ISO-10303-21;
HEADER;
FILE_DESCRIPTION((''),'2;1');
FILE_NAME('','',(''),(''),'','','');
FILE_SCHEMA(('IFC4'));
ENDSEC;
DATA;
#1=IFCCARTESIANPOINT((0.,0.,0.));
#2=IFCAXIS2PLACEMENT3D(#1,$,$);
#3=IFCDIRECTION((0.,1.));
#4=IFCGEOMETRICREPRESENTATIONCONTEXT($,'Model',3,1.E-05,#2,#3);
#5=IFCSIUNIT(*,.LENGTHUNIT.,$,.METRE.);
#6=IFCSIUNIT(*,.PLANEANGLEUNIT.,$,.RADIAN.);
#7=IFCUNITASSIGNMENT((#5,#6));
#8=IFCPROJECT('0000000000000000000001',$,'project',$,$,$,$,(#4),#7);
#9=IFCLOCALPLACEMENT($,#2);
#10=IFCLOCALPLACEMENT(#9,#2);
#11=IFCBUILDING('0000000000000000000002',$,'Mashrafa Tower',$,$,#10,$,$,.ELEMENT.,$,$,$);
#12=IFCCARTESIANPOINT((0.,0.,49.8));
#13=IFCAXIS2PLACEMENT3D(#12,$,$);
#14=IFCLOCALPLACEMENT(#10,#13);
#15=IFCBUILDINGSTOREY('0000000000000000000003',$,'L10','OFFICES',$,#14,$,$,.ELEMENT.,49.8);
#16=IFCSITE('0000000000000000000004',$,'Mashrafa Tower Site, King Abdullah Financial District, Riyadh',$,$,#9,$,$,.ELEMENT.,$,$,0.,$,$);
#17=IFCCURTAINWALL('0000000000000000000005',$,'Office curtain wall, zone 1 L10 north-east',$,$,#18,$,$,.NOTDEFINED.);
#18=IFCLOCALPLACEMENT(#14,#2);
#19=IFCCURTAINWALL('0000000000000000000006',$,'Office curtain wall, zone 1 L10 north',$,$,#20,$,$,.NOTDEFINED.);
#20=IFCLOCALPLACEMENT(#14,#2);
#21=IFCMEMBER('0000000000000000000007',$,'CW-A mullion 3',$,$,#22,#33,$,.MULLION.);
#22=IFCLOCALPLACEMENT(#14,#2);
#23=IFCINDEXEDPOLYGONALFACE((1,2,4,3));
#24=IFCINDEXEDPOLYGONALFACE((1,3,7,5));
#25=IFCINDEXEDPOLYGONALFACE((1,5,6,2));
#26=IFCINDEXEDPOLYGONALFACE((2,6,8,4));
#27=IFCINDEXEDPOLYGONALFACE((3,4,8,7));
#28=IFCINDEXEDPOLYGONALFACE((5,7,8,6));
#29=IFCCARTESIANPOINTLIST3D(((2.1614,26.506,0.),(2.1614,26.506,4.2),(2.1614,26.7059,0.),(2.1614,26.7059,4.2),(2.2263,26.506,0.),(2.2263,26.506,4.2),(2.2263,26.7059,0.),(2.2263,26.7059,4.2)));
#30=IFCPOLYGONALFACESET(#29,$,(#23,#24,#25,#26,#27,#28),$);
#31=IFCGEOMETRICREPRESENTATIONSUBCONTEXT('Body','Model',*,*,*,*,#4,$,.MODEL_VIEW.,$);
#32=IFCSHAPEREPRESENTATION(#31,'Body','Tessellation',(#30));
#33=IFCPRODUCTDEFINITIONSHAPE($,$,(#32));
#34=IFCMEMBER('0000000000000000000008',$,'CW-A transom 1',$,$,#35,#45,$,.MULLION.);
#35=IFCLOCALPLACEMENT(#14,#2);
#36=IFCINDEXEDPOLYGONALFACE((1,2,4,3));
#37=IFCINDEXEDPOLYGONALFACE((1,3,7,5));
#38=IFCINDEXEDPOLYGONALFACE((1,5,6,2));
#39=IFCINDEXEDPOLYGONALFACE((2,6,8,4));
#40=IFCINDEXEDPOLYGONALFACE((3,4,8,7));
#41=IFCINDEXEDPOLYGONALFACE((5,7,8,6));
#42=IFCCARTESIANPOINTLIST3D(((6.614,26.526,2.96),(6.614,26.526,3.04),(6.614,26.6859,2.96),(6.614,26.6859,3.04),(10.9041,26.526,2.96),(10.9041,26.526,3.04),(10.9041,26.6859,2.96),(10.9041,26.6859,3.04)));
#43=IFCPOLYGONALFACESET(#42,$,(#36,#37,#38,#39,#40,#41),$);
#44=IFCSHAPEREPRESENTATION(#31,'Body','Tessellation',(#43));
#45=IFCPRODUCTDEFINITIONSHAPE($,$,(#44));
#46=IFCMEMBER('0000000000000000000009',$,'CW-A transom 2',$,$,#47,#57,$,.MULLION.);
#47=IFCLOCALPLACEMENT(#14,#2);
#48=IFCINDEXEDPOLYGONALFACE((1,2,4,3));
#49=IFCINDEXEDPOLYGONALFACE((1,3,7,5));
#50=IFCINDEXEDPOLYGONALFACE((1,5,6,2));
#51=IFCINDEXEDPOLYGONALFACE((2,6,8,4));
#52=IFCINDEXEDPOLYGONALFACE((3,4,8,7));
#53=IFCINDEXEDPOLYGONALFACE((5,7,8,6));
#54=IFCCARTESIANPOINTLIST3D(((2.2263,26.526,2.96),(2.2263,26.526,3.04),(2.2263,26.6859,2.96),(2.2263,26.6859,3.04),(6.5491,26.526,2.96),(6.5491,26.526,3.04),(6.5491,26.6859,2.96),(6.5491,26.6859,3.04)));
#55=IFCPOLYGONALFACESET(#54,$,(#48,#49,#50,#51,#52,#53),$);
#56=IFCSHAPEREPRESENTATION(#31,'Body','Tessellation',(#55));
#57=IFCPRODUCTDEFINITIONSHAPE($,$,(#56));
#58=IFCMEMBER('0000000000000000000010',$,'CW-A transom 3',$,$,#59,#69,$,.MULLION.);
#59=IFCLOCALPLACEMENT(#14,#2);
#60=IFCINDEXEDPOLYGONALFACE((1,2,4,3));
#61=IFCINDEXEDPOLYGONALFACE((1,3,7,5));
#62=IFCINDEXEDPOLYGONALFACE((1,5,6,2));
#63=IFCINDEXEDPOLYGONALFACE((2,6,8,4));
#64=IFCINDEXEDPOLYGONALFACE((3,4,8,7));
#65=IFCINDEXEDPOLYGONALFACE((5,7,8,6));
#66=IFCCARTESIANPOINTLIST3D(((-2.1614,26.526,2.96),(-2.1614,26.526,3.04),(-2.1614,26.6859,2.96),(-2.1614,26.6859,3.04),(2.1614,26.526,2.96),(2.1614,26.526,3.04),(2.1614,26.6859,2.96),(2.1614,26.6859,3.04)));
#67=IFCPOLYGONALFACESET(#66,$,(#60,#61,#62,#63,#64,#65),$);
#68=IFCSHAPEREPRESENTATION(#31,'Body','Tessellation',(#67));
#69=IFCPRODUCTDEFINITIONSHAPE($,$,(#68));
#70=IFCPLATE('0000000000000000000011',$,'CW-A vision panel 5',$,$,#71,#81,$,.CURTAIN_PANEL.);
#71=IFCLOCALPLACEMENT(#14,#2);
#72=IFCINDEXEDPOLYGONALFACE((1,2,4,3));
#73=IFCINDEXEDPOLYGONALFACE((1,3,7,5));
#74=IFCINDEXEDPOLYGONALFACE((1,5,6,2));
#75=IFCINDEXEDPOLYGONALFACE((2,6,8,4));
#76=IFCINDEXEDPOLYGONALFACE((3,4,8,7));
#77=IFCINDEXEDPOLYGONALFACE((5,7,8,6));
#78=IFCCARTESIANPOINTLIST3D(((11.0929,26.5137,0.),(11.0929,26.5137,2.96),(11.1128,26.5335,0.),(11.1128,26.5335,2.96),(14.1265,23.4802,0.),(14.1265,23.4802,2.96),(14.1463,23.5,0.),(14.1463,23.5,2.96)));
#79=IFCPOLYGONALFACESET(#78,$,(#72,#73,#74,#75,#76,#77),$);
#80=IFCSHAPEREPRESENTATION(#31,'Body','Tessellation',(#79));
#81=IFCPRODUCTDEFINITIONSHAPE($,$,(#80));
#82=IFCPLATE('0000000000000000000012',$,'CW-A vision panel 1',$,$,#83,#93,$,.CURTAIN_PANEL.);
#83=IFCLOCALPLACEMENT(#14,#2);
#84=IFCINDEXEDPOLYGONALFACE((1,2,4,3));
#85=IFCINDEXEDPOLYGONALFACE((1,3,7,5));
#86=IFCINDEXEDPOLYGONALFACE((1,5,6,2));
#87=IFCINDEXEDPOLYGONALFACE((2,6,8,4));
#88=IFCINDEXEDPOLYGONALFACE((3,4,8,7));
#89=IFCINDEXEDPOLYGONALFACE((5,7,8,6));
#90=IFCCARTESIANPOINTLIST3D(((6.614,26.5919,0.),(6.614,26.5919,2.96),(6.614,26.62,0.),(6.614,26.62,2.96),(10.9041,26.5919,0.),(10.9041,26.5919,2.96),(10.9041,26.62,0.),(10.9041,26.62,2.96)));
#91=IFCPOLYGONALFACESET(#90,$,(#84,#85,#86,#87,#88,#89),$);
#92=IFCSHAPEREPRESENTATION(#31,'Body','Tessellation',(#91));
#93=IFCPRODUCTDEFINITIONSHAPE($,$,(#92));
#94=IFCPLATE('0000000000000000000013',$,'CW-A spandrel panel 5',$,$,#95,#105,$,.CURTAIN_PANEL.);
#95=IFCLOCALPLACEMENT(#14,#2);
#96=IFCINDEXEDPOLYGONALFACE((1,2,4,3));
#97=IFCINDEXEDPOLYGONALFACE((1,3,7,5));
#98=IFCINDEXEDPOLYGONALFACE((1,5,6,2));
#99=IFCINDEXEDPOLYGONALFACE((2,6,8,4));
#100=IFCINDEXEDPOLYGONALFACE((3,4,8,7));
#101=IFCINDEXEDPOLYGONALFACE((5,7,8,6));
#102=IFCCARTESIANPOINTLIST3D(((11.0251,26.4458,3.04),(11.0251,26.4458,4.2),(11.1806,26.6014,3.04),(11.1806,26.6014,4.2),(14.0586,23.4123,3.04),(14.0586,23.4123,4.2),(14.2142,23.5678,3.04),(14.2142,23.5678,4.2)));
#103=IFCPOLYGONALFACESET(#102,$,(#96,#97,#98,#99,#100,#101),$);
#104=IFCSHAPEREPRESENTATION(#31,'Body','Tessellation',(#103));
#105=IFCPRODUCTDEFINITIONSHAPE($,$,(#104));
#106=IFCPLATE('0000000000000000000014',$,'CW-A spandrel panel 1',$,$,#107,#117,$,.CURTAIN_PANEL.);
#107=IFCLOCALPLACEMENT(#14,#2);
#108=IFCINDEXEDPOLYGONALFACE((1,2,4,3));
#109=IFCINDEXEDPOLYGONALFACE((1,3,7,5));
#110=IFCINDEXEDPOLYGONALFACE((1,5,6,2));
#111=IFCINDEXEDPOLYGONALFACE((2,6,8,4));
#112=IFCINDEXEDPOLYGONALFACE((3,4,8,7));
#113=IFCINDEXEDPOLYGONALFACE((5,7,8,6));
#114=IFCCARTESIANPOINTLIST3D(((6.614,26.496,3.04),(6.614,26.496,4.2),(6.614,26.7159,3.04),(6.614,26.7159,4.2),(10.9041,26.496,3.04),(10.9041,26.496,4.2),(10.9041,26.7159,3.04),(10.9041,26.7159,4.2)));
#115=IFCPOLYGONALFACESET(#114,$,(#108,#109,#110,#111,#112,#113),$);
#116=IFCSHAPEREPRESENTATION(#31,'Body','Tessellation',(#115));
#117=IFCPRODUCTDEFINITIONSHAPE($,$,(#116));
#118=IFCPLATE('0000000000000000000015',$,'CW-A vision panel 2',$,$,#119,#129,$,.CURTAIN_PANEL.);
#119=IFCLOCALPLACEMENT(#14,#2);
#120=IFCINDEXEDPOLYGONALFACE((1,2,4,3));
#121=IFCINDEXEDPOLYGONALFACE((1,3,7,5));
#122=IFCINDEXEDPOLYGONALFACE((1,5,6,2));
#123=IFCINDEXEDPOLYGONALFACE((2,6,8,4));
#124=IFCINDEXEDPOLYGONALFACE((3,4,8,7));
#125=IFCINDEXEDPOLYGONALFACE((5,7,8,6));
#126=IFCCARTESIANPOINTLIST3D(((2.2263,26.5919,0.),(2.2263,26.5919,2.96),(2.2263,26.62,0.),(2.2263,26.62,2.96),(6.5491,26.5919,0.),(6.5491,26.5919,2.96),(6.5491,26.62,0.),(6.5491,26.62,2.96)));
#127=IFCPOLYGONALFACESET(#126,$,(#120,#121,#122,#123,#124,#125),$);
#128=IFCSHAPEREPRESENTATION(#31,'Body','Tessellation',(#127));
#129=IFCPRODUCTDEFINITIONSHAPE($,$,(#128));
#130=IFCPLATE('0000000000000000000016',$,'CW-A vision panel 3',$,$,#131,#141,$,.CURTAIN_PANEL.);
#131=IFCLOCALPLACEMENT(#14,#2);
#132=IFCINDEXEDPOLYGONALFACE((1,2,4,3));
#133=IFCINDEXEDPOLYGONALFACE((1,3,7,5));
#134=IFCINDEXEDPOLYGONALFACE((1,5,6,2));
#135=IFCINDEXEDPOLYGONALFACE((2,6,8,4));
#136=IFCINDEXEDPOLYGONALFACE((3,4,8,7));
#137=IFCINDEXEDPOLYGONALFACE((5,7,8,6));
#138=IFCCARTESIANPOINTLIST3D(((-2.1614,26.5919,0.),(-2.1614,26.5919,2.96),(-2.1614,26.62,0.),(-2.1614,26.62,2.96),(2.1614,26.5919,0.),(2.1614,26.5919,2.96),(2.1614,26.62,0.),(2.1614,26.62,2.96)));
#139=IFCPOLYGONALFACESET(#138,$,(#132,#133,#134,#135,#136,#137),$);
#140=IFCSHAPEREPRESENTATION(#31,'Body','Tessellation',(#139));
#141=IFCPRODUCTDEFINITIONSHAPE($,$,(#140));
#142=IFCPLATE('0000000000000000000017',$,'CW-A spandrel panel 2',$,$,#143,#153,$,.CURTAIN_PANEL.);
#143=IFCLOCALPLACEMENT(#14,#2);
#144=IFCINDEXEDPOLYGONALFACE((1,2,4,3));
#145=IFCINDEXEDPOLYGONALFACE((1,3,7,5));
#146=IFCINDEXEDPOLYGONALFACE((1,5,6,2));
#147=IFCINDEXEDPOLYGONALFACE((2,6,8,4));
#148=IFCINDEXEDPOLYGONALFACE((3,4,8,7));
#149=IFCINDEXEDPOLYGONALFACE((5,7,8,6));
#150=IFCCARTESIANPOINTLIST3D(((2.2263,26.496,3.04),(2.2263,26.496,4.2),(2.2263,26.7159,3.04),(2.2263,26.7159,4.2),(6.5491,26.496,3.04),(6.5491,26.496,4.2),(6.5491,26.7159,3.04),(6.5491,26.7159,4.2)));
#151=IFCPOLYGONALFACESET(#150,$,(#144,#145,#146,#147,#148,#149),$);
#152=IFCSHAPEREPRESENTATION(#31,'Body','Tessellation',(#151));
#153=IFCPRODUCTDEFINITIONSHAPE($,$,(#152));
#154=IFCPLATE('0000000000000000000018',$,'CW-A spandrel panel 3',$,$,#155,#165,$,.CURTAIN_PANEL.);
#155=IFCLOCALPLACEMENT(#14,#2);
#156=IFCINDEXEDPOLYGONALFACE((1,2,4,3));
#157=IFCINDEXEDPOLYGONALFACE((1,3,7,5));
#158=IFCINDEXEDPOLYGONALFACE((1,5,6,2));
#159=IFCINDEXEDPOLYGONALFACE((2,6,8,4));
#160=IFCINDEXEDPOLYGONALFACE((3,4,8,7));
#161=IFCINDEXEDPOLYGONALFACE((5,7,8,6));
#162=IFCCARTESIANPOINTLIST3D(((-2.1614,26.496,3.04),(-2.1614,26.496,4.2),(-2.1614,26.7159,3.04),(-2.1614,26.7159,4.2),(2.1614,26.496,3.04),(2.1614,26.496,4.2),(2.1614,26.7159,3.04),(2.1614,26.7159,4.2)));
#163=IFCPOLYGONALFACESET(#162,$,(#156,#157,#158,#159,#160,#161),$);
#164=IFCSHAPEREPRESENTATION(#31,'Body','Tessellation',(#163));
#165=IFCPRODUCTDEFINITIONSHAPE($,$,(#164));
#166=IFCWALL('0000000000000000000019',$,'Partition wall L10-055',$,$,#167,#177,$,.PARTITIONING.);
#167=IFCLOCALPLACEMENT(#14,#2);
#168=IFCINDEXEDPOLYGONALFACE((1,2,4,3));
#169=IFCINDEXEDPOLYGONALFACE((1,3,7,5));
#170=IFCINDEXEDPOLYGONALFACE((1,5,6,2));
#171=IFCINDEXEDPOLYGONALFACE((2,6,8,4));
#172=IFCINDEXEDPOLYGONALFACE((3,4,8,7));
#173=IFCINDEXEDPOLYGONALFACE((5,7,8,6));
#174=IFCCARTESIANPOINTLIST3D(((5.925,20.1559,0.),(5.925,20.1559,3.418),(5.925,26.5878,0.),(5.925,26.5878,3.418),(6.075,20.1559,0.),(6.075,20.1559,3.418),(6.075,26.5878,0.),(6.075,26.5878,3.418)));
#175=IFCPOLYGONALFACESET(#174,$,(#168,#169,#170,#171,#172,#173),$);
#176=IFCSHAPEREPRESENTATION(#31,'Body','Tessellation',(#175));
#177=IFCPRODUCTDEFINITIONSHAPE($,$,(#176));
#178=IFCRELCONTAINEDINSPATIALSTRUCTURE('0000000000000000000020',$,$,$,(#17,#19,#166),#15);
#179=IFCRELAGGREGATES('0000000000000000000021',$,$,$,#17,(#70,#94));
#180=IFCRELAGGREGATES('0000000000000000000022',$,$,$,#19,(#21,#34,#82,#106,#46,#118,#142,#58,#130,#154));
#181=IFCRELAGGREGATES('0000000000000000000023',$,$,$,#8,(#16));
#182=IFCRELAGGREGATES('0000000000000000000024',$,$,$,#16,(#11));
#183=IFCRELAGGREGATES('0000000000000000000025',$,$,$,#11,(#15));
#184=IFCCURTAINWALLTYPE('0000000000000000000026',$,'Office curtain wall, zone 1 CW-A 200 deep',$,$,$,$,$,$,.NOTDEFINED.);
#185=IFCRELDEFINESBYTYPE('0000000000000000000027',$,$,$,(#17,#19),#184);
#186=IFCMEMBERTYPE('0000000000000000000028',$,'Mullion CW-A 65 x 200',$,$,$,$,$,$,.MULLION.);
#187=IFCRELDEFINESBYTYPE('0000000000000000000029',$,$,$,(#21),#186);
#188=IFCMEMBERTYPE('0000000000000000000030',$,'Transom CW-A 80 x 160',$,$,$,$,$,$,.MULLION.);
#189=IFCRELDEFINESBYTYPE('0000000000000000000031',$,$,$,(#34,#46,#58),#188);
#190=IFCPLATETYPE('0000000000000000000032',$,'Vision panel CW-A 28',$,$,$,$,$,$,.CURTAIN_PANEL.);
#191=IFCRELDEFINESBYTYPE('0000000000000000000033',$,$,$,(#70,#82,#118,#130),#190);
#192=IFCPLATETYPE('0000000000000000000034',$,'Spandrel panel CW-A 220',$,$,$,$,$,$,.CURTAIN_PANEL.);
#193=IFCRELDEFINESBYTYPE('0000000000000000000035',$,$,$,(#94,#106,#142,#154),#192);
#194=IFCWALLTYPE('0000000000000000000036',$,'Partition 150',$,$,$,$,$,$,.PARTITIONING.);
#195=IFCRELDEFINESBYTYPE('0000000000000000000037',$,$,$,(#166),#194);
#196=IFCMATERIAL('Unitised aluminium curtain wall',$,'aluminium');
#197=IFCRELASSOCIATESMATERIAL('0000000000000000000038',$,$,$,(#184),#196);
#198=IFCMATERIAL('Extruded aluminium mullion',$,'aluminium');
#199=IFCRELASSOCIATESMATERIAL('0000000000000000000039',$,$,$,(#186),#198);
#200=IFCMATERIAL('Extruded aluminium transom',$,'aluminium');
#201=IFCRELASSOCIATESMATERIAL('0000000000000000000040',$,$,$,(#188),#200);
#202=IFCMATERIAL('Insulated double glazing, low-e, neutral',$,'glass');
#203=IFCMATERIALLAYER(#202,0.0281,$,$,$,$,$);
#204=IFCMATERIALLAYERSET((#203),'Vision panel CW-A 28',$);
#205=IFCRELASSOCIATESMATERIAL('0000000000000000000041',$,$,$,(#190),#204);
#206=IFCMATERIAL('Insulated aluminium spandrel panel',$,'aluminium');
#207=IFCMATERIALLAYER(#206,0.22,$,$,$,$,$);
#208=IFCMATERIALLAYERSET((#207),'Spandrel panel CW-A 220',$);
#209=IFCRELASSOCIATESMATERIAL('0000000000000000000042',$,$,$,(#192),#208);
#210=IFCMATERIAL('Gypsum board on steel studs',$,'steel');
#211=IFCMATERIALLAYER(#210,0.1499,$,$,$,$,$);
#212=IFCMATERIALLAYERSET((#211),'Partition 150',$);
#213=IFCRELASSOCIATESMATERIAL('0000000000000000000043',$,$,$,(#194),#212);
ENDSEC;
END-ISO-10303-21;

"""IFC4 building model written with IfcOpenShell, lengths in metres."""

from ifc_helpers import new_model, si_unit, direction, frame, frame_2d, origin, origin_2d, place, context, subcontext, project, spatial, rectangle, extrude, source, transform, mapped, material, layer, layer_set, material_profile, profile_set, type_object, type_shapes, element, aggregate, save


model = new_model("IFC4")

# Units and contexts
model_context = context("Model", 3, precision=1e-05, world=origin(), true_north=direction((0.0, 1.0)))
body_context = subcontext(model_context, "Body", "Model", "MODEL_VIEW")
ifc_project = project(units=[si_unit("LENGTHUNIT", "METRE"), si_unit("PLANEANGLEUNIT", "RADIAN")], contexts=[model_context])

# Site, building, storey
site_placement = place(None, origin())
site = spatial("IfcSite", under=ifc_project, at=site_placement, Name="Mashrafa Tower Site, King Abdullah Financial District, Riyadh", CompositionType="ELEMENT", RefElevation=0.0)
building_placement = place(site_placement, origin())
building = spatial("IfcBuilding", under=site, at=building_placement, Name="Mashrafa Tower", CompositionType="ELEMENT")
storey_placement = place(building_placement, frame((0.0, 0.0, 49.8)))
storey = spatial("IfcBuildingStorey", under=building, at=storey_placement, Name="L10", Description="OFFICES", CompositionType="ELEMENT", Elevation=49.8)

# Curtain wall
ifc_material_1 = material(Name="Unitised aluminium curtain wall", Category="aluminium")
curtain_wall_type = type_object("IfcCurtainWallType", Name="Office curtain wall, zone 1 CW-A 200 deep", PredefinedType="NOTDEFINED", material=ifc_material_1)
curtain_wall_1_placement = place(storey_placement, origin())
curtain_wall_1 = element("IfcCurtainWall", 1, at=curtain_wall_1_placement, inside=storey, type_object=curtain_wall_type, Name="Office curtain wall, zone 1 L10 north-east", PredefinedType="NOTDEFINED")
ifc_material_2 = material(Name="Extruded aluminium mullion", Category="aluminium")
ifc_material_profile_1 = material_profile(ifc_material_2, rectangle(XDim=0.2, YDim=0.0649, at=origin_2d()), Name="Mullion 65x200")
ifc_profile_set_1 = profile_set([ifc_material_profile_1], Name="Extruded aluminium mullion")
member_type_1 = type_object("IfcMemberType", Name="Mullion CW-A 65 x 200", PredefinedType="MULLION", material=ifc_profile_set_1)
shared_shape_1 = source(origin(), body_context, "Body", "SweptSolid", [
    extrude(rectangle(XDim=0.2, YDim=0.0649, at=origin_2d()), origin(), (0.0, 0.0, 1.0), 4.2),
])
type_shapes(member_type_1, [shared_shape_1])

# Curtain wall, members
curtain_wall_2_placement = place(storey_placement, origin())
curtain_wall_2 = element("IfcCurtainWall", 2, at=curtain_wall_2_placement, inside=storey, type_object=curtain_wall_type, Name="Office curtain wall, zone 1 L10 north", PredefinedType="NOTDEFINED")
member_1_placement = place(storey_placement, frame((2.1938, 26.606, 0.0), z_axis=(0.0, 0.0, 1.0), x_axis=(0.0, -1.0, 0.0)))
member_1 = element("IfcMember", 3, at=member_1_placement, type_object=member_type_1, Name="CW-A mullion 3", PredefinedType="MULLION", context=body_context, shape_type="MappedRepresentation", body=[
    mapped(shared_shape_1, transform((0.0, 0.0, 0.0))),
])
ifc_material_3 = material(Name="Extruded aluminium transom", Category="aluminium")
ifc_material_profile_2 = material_profile(ifc_material_3, rectangle(XDim=0.1599, YDim=0.0801, at=origin_2d()), Name="Transom 80x160")
ifc_profile_set_2 = profile_set([ifc_material_profile_2], Name="Extruded aluminium transom")
member_type_2 = type_object("IfcMemberType", Name="Transom CW-A 80 x 160", PredefinedType="MULLION", material=ifc_profile_set_2)
shared_shape_2 = source(origin(), body_context, "Body", "SweptSolid", [
    extrude(rectangle(XDim=0.1599, YDim=0.0801, at=origin_2d()), origin(), (0.0, 0.0, 1.0), 4.29),
])
member_2_placement = place(storey_placement, frame((10.9041, 26.606, 3.0), z_axis=(-1.0, 0.0, 0.0), x_axis=(0.0, -1.0, 0.0)))
member_2 = element("IfcMember", 4, at=member_2_placement, type_object=member_type_2, Name="CW-A transom 1", PredefinedType="MULLION", context=body_context, shape_type="MappedRepresentation", body=[
    mapped(shared_shape_2, transform((0.0, 0.0, 0.0))),
])
shared_shape_3 = source(origin(), body_context, "Body", "SweptSolid", [
    extrude(rectangle(XDim=0.1599, YDim=0.0801, at=origin_2d()), origin(), (0.0, 0.0, 1.0), 4.3228),
])
type_shapes(member_type_2, [shared_shape_2, shared_shape_3])
member_3_placement = place(storey_placement, frame((6.5491, 26.606, 3.0), z_axis=(-1.0, 0.0, 0.0), x_axis=(0.0, -1.0, 0.0)))
member_3 = element("IfcMember", 5, at=member_3_placement, type_object=member_type_2, Name="CW-A transom 2", PredefinedType="MULLION", context=body_context, shape_type="MappedRepresentation", body=[
    mapped(shared_shape_3, transform((0.0, 0.0, 0.0))),
])
member_4_placement = place(storey_placement, frame((2.1614, 26.606, 3.0), z_axis=(-1.0, 0.0, 0.0), x_axis=(0.0, -1.0, 0.0)))
member_4 = element("IfcMember", 6, at=member_4_placement, type_object=member_type_2, Name="CW-A transom 3", PredefinedType="MULLION", context=body_context, shape_type="MappedRepresentation", body=[
    mapped(shared_shape_3, transform((0.0, 0.0, 0.0))),
])

# Plates
ifc_material_4 = material(Name="Insulated double glazing, low-e, neutral", Category="glass")
ifc_layer_1 = layer(ifc_material_4, 0.0281)
ifc_layer_set_1 = layer_set([ifc_layer_1], Name="Vision panel CW-A 28")
plate_type_1 = type_object("IfcPlateType", Name="Vision panel CW-A 28", PredefinedType="CURTAIN_PANEL", material=ifc_layer_set_1)
shared_shape_4 = source(origin(), body_context, "Body", "SweptSolid", [
    extrude(rectangle(XDim=4.29, YDim=0.0281, at=origin_2d()), origin(), (0.0, 0.0, 1.0), 2.96),
])
plate_1_placement = place(storey_placement, frame((12.6196, 25.0068, 0.0), z_axis=(0.0, 0.0, 1.0), x_axis=(-0.707107, 0.707107, 0.0)))
plate_1 = element("IfcPlate", 7, at=plate_1_placement, type_object=plate_type_1, Name="CW-A vision panel 5", PredefinedType="CURTAIN_PANEL", context=body_context, shape_type="MappedRepresentation", body=[
    mapped(shared_shape_4, transform((0.0, 0.0, 0.0))),
])
plate_2_placement = place(storey_placement, frame((8.759, 26.606, 0.0), z_axis=(0.0, 0.0, 1.0), x_axis=(-1.0, 0.0, 0.0)))
plate_2 = element("IfcPlate", 8, at=plate_2_placement, type_object=plate_type_1, Name="CW-A vision panel 1", PredefinedType="CURTAIN_PANEL", context=body_context, shape_type="MappedRepresentation", body=[
    mapped(shared_shape_4, transform((0.0, 0.0, 0.0))),
])
ifc_material_5 = material(Name="Insulated aluminium spandrel panel", Category="aluminium")
ifc_layer_2 = layer(ifc_material_5, 0.22)
ifc_layer_set_2 = layer_set([ifc_layer_2], Name="Spandrel panel CW-A 220")
plate_type_2 = type_object("IfcPlateType", Name="Spandrel panel CW-A 220", PredefinedType="CURTAIN_PANEL", material=ifc_layer_set_2)
shared_shape_5 = source(origin(), body_context, "Body", "SweptSolid", [
    extrude(rectangle(XDim=4.29, YDim=0.22, at=origin_2d()), origin(), (0.0, 0.0, 1.0), 1.1599),
])
plate_3_placement = place(storey_placement, frame((12.6196, 25.0068, 3.04), z_axis=(0.0, 0.0, 1.0), x_axis=(-0.707107, 0.707107, 0.0)))
plate_3 = element("IfcPlate", 9, at=plate_3_placement, type_object=plate_type_2, Name="CW-A spandrel panel 5", PredefinedType="CURTAIN_PANEL", context=body_context, shape_type="MappedRepresentation", body=[
    mapped(shared_shape_5, transform((0.0, 0.0, 0.0))),
])
aggregate(curtain_wall_1, [plate_1, plate_3])
plate_4_placement = place(storey_placement, frame((8.759, 26.606, 3.04), z_axis=(0.0, 0.0, 1.0), x_axis=(-1.0, 0.0, 0.0)))
plate_4 = element("IfcPlate", 10, at=plate_4_placement, type_object=plate_type_2, Name="CW-A spandrel panel 1", PredefinedType="CURTAIN_PANEL", context=body_context, shape_type="MappedRepresentation", body=[
    mapped(shared_shape_5, transform((0.0, 0.0, 0.0))),
])
shared_shape_6 = source(origin(), body_context, "Body", "SweptSolid", [
    extrude(rectangle(XDim=4.3228, YDim=0.0281, at=origin_2d()), origin(), (0.0, 0.0, 1.0), 2.96),
])
type_shapes(plate_type_1, [shared_shape_4, shared_shape_6])
plate_5_placement = place(storey_placement, frame((4.3877, 26.606, 0.0), z_axis=(0.0, 0.0, 1.0), x_axis=(-1.0, 0.0, 0.0)))
plate_5 = element("IfcPlate", 11, at=plate_5_placement, type_object=plate_type_1, Name="CW-A vision panel 2", PredefinedType="CURTAIN_PANEL", context=body_context, shape_type="MappedRepresentation", body=[
    mapped(shared_shape_6, transform((0.0, 0.0, 0.0))),
])
plate_6_placement = place(storey_placement, frame((0.0, 26.606, 0.0), z_axis=(0.0, 0.0, 1.0), x_axis=(-1.0, 0.0, 0.0)))
plate_6 = element("IfcPlate", 12, at=plate_6_placement, type_object=plate_type_1, Name="CW-A vision panel 3", PredefinedType="CURTAIN_PANEL", context=body_context, shape_type="MappedRepresentation", body=[
    mapped(shared_shape_6, transform((0.0, 0.0, 0.0))),
])
shared_shape_7 = source(origin(), body_context, "Body", "SweptSolid", [
    extrude(rectangle(XDim=4.3228, YDim=0.22, at=origin_2d()), origin(), (0.0, 0.0, 1.0), 1.1599),
])
type_shapes(plate_type_2, [shared_shape_5, shared_shape_7])
plate_7_placement = place(storey_placement, frame((4.3877, 26.606, 3.04), z_axis=(0.0, 0.0, 1.0), x_axis=(-1.0, 0.0, 0.0)))
plate_7 = element("IfcPlate", 13, at=plate_7_placement, type_object=plate_type_2, Name="CW-A spandrel panel 2", PredefinedType="CURTAIN_PANEL", context=body_context, shape_type="MappedRepresentation", body=[
    mapped(shared_shape_7, transform((0.0, 0.0, 0.0))),
])
plate_8_placement = place(storey_placement, frame((0.0, 26.606, 3.04), z_axis=(0.0, 0.0, 1.0), x_axis=(-1.0, 0.0, 0.0)))
plate_8 = element("IfcPlate", 14, at=plate_8_placement, type_object=plate_type_2, Name="CW-A spandrel panel 3", PredefinedType="CURTAIN_PANEL", context=body_context, shape_type="MappedRepresentation", body=[
    mapped(shared_shape_7, transform((0.0, 0.0, 0.0))),
])
aggregate(curtain_wall_2, [member_1, member_2, plate_2, plate_4, member_3, plate_5, plate_7, member_4, plate_6, plate_8])

# Wall
ifc_material_6 = material(Name="Gypsum board on steel studs", Category="steel")
ifc_layer_3 = layer(ifc_material_6, 0.1499)
ifc_layer_set_3 = layer_set([ifc_layer_3], Name="Partition 150")
wall_type = type_object("IfcWallType", Name="Partition 150", PredefinedType="PARTITIONING", material=ifc_layer_set_3)
wall_placement = place(storey_placement, frame((6.0, 20.156, 0.0), z_axis=(0.0, 0.0, 1.0), x_axis=(0.0, 1.0, 0.0)))
element("IfcWall", 15, at=wall_placement, inside=storey, type_object=wall_type, Name="Partition wall L10-055", PredefinedType="PARTITIONING", context=body_context, shape_type="SweptSolid", body=[
    extrude(rectangle(XDim=6.4319, YDim=0.1499, at=frame_2d((3.2158, 0.0))), origin(), (0.0, 0.0, 1.0), 3.418),
])

save(model, "model.ifc")
